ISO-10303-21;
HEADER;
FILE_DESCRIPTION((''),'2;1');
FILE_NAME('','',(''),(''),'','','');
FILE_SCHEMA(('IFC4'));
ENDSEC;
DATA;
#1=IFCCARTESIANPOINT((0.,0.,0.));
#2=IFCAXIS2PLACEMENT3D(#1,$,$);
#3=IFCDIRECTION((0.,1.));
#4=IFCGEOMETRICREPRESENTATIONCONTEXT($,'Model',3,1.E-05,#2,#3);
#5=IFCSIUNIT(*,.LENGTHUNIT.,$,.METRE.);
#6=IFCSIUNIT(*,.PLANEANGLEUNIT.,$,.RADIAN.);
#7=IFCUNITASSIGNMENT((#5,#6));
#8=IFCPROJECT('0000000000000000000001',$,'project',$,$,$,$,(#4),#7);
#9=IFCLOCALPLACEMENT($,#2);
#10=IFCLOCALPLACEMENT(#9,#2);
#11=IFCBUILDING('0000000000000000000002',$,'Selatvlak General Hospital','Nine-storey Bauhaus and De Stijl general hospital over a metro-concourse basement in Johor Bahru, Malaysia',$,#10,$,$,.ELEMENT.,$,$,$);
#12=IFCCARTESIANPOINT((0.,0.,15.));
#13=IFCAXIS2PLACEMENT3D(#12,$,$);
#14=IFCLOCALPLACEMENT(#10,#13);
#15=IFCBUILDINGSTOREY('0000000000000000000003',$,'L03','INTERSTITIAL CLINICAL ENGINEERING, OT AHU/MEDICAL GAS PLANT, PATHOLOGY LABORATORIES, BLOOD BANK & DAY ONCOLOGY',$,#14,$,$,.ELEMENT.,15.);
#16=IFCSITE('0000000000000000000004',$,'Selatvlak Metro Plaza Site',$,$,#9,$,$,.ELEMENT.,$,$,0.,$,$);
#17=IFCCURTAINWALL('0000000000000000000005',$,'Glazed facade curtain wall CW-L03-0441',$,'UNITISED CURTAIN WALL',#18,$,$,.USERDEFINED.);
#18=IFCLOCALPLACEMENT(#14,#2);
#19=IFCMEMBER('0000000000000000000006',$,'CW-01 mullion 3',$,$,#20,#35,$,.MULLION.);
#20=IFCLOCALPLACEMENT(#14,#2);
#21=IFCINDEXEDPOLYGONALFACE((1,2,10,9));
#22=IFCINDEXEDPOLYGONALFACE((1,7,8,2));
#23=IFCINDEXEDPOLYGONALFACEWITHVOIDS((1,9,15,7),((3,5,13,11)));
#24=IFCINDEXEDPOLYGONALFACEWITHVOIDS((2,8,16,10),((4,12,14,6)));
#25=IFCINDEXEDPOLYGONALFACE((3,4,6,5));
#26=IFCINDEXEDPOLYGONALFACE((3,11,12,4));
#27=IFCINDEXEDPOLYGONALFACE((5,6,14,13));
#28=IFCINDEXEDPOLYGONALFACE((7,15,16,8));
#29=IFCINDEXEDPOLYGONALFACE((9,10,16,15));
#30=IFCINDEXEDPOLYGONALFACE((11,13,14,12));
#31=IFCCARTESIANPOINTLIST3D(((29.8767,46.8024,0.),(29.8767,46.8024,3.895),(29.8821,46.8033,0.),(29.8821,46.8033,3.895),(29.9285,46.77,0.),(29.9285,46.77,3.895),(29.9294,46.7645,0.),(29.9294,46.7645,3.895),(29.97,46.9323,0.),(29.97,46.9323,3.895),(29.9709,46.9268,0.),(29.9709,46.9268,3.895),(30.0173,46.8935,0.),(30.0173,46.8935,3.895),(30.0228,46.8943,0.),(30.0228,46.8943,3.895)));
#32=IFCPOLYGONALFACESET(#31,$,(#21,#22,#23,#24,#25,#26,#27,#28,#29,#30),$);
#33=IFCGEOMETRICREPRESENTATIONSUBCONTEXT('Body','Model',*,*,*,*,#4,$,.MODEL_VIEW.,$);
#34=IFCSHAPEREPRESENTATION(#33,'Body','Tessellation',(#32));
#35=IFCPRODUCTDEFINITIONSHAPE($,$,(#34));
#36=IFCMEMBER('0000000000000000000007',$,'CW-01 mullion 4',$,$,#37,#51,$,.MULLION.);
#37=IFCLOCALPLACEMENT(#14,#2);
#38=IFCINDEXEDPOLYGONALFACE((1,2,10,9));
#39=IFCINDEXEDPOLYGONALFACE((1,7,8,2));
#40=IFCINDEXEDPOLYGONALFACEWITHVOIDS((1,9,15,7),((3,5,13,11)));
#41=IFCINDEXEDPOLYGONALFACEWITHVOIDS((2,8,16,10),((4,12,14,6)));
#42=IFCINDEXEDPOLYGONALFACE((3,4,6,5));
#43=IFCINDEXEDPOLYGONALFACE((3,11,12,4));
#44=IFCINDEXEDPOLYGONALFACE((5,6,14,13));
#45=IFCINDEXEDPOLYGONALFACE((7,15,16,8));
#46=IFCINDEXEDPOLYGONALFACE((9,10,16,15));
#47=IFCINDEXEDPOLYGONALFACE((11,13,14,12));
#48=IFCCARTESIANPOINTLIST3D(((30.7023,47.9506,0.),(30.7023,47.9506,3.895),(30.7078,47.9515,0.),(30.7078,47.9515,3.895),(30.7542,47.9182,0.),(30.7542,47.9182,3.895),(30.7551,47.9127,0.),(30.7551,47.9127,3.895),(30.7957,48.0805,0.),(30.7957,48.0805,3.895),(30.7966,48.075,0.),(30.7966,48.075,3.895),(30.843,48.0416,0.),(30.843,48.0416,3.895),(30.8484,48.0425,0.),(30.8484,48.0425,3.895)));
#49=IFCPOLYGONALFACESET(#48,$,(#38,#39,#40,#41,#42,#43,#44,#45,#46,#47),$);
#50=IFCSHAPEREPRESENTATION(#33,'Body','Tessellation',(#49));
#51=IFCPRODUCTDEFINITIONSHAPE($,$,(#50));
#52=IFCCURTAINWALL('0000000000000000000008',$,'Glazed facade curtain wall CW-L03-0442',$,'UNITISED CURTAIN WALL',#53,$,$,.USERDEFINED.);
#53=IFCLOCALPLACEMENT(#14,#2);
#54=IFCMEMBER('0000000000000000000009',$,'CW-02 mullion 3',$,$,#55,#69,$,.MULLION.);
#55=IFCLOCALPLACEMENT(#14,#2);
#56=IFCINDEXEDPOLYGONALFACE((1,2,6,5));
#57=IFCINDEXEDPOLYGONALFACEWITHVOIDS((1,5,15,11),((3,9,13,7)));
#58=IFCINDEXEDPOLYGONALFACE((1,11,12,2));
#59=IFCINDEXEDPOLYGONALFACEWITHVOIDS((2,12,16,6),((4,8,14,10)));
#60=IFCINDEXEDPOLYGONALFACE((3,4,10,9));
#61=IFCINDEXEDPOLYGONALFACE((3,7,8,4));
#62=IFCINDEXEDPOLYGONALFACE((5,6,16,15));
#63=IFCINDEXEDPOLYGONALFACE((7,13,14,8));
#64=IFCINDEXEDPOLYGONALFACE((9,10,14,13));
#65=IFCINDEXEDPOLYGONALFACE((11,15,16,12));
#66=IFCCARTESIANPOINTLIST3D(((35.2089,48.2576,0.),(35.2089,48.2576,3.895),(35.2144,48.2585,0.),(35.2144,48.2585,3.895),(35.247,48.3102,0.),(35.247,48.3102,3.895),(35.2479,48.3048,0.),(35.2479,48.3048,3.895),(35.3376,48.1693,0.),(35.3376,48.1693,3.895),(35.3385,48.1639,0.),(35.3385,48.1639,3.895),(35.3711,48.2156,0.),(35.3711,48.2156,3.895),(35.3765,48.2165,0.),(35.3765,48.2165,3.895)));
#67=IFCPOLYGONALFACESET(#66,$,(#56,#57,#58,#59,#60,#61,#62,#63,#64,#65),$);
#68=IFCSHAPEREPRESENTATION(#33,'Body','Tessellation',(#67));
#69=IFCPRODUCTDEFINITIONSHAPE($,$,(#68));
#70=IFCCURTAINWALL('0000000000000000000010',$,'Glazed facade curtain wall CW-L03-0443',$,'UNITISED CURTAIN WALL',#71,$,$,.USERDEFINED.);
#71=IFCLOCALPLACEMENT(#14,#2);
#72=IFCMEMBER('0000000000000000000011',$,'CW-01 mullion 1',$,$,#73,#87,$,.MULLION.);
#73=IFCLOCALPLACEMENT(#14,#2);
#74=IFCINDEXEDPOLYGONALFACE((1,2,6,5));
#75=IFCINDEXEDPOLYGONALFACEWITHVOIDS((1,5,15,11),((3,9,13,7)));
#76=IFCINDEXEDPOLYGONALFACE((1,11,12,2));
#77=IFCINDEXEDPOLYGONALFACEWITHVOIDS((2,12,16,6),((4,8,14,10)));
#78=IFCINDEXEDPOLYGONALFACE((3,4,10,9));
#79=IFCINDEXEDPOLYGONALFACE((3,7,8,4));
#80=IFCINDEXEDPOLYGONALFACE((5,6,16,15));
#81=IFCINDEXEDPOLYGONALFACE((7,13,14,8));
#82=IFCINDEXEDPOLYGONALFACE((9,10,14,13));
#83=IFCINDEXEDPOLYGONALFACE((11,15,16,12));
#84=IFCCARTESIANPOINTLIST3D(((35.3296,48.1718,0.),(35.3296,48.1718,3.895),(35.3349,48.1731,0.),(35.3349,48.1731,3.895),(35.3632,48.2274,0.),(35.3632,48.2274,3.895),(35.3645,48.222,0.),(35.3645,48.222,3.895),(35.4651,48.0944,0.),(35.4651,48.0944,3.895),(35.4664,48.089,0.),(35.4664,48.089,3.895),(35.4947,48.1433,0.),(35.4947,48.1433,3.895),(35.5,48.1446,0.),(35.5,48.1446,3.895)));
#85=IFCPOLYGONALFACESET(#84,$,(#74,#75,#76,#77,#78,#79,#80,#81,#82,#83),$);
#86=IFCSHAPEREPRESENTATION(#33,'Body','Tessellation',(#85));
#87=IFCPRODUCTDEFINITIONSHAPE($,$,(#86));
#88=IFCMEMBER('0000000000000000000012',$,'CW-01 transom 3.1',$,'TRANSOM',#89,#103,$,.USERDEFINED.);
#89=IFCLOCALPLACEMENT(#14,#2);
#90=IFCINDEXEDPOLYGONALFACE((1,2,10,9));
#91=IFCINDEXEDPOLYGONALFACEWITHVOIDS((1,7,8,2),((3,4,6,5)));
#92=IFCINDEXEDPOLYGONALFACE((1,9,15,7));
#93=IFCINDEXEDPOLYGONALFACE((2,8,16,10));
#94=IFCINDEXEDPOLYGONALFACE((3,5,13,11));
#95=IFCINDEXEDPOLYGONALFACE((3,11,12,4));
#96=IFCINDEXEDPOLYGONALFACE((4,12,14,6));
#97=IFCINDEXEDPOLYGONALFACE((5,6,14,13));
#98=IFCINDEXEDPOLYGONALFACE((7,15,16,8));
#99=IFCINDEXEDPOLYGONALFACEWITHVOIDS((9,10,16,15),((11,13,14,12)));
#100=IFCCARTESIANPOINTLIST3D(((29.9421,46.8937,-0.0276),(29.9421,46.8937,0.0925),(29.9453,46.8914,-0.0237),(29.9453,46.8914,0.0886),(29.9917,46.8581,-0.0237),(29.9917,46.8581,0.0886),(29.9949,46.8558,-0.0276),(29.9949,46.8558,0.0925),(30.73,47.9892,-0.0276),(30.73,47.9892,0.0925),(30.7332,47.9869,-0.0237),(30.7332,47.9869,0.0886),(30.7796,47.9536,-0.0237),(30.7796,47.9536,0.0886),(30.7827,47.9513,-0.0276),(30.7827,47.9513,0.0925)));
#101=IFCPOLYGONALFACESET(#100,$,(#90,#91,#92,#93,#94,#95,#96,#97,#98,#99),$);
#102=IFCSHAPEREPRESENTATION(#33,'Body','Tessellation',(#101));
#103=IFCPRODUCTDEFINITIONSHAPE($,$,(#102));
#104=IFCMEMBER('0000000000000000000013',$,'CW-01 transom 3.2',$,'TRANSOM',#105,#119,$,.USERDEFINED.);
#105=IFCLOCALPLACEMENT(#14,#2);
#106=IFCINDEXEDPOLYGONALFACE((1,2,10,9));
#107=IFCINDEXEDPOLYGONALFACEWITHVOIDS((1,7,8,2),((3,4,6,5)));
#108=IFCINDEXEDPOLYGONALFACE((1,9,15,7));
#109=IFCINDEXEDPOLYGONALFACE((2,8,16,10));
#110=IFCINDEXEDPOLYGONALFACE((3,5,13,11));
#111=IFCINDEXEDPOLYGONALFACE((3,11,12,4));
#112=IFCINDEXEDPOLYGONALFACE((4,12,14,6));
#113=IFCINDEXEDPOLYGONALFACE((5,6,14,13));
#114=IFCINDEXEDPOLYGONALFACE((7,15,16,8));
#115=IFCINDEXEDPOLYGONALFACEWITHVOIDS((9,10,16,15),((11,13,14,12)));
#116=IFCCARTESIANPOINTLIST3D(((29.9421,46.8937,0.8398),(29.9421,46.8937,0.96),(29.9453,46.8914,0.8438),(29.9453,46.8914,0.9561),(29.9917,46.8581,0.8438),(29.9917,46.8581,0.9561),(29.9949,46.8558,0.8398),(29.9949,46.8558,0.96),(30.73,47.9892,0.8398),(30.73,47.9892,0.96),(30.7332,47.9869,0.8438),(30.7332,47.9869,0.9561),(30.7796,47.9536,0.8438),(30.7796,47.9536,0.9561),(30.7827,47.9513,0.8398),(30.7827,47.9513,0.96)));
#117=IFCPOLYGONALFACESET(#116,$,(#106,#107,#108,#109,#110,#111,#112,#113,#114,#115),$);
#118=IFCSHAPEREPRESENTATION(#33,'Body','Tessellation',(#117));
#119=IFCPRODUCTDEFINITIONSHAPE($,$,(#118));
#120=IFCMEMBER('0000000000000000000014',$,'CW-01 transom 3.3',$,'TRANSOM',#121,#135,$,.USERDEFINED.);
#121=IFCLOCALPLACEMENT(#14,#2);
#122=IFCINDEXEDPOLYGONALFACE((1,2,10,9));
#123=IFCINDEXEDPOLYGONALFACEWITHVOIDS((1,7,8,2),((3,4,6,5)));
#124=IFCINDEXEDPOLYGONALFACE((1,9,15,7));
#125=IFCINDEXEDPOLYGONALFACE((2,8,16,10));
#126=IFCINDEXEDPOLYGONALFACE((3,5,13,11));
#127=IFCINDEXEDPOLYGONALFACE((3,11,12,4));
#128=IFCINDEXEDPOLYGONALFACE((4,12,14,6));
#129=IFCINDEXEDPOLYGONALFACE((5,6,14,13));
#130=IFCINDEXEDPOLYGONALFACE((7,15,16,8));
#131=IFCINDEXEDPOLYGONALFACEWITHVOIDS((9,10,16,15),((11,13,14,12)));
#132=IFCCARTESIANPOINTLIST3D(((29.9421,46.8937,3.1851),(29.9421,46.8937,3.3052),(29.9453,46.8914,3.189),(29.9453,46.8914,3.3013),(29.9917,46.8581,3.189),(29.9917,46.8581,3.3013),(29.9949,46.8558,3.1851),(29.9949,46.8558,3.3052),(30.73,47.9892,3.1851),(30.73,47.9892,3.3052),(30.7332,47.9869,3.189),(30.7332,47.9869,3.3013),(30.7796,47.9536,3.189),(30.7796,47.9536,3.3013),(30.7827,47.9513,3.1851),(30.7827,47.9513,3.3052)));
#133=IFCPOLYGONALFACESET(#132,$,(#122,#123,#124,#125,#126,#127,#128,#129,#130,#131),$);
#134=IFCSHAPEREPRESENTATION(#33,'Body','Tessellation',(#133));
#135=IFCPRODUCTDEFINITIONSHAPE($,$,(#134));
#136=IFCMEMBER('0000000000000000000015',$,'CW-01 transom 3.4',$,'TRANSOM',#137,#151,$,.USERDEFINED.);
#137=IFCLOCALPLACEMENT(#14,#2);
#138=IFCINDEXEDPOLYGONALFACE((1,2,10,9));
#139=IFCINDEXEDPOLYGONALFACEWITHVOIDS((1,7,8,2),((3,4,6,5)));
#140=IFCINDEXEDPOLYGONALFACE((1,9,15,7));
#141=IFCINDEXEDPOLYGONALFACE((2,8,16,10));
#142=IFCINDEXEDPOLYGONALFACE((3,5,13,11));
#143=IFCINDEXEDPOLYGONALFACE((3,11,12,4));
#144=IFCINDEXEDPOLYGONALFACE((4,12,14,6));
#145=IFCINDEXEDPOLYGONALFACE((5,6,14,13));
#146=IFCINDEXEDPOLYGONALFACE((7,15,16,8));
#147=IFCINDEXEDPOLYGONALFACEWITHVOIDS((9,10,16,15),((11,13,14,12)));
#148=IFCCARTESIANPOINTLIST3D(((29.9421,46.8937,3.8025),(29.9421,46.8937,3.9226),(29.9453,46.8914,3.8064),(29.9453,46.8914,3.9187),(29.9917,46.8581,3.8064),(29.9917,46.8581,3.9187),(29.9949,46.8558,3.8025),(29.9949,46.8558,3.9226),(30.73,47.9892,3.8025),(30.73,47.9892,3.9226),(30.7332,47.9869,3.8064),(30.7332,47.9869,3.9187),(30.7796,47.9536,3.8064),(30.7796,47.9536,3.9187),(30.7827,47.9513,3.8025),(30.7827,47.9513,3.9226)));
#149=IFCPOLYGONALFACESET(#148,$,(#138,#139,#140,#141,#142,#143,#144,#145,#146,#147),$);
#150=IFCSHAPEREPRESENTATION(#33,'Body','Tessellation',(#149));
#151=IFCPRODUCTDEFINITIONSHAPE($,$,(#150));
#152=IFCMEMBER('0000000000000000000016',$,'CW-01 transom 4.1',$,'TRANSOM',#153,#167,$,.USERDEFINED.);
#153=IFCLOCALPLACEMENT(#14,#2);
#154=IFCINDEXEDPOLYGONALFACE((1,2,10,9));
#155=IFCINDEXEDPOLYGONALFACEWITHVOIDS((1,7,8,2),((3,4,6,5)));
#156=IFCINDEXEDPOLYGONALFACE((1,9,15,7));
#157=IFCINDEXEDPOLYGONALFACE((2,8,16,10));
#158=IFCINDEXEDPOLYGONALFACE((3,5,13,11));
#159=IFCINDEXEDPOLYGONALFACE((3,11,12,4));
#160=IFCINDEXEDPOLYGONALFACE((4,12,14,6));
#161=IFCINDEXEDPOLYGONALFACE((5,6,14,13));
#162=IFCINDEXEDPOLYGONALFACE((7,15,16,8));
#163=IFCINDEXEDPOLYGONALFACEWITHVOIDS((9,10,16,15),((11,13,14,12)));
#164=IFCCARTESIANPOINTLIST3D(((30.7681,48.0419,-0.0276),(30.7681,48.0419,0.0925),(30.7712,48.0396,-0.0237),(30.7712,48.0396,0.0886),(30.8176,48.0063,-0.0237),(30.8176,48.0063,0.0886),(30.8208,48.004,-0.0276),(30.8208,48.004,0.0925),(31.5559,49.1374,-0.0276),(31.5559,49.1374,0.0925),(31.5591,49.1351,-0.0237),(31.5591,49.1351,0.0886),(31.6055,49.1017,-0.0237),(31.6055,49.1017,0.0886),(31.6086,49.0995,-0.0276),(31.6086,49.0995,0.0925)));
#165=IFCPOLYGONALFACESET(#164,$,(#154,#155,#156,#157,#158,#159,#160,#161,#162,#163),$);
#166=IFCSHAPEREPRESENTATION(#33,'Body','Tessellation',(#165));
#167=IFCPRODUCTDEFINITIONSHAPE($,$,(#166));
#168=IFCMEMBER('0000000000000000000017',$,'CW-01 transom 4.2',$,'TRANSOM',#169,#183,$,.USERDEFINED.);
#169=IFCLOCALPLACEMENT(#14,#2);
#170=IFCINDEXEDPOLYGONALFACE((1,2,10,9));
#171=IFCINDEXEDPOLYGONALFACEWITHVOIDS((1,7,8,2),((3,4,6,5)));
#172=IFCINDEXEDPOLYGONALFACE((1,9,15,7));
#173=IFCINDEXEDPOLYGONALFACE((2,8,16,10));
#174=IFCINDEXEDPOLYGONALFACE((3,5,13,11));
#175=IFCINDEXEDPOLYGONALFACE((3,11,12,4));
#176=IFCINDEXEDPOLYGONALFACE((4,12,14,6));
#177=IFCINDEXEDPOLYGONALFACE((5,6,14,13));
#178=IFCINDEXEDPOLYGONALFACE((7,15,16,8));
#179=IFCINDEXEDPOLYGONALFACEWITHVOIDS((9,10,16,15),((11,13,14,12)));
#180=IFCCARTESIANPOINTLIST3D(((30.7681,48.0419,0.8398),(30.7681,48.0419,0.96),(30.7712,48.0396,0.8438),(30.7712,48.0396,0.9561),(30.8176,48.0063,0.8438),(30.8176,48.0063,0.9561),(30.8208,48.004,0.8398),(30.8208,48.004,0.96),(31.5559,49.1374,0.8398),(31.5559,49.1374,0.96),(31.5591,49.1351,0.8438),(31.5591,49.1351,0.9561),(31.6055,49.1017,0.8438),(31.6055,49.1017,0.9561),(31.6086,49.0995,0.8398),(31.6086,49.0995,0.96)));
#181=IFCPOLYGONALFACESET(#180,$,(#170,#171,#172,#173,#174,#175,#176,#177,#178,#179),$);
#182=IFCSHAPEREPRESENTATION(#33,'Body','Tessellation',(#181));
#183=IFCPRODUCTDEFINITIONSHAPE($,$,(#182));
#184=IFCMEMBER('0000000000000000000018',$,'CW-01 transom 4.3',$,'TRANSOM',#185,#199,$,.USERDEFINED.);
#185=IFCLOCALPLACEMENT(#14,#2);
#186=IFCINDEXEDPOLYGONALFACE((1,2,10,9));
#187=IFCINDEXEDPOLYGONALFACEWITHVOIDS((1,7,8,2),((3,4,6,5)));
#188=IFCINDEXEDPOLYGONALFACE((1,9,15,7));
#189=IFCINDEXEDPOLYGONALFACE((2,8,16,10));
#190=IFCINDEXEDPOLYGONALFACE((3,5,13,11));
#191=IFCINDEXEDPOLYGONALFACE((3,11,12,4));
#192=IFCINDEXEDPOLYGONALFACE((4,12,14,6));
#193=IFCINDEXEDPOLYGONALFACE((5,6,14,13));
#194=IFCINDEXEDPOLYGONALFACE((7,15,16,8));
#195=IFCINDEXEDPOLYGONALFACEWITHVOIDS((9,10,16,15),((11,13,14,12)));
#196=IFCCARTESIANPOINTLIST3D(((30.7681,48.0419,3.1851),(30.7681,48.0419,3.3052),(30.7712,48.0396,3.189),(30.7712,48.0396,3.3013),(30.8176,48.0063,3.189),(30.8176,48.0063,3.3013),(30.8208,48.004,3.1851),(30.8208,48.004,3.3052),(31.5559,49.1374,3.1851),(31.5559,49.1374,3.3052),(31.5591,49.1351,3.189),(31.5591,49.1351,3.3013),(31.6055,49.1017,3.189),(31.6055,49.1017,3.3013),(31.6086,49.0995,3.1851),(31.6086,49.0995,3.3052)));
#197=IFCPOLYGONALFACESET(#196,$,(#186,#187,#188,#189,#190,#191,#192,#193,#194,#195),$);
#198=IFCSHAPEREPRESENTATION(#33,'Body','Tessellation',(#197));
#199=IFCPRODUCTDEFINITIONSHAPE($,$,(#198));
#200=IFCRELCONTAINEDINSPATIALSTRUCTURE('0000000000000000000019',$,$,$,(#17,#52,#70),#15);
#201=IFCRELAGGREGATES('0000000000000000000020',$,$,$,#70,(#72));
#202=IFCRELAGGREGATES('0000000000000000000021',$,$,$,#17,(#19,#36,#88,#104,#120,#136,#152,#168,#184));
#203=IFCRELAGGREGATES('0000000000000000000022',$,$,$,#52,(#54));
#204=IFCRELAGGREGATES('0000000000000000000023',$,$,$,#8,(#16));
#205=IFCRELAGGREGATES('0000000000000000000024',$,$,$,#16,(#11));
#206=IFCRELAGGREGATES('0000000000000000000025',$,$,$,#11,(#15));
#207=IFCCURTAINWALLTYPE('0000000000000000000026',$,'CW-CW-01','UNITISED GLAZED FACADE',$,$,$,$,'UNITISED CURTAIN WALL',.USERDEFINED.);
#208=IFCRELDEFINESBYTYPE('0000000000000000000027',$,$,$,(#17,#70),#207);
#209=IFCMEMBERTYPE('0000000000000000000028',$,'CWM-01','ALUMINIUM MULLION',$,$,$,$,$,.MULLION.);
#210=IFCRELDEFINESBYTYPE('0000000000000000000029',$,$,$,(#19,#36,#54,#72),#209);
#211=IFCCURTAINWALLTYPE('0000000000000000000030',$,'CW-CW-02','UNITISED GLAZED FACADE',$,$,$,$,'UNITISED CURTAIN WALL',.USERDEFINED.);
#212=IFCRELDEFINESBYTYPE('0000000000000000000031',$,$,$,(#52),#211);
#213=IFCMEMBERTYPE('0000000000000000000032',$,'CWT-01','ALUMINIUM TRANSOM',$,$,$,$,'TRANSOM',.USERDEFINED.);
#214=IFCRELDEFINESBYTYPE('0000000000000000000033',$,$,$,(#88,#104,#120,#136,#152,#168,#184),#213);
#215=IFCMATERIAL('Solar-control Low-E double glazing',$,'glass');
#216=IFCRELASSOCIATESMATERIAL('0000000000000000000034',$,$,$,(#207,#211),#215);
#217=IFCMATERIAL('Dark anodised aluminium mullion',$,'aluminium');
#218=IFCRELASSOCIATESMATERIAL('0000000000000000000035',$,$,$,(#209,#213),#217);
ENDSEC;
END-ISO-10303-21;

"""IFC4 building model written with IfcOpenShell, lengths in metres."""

from ifc_helpers import new_model, si_unit, direction, frame, origin, origin_2d, place, context, subcontext, project, spatial, hollow_rectangle, extrude, material, material_profile, profile_set, type_object, element, aggregate, save


model = new_model("IFC4")

# Units and contexts
model_context = context("Model", 3, precision=1e-05, world=origin(), true_north=direction((0.0, 1.0)))
body_context = subcontext(model_context, "Body", "Model", "MODEL_VIEW")
ifc_project = project(units=[si_unit("LENGTHUNIT", "METRE"), si_unit("PLANEANGLEUNIT", "RADIAN")], contexts=[model_context])

# Site, building, storey
site_placement = place(None, origin())
site = spatial("IfcSite", under=ifc_project, at=site_placement, Name="Selatvlak Metro Plaza Site", CompositionType="ELEMENT", RefElevation=0.0)
building_placement = place(site_placement, origin())
building = spatial("IfcBuilding", under=site, at=building_placement, Name="Selatvlak General Hospital", Description="Nine-storey Bauhaus and De Stijl general hospital over a metro-concourse basement in Johor Bahru, Malaysia", CompositionType="ELEMENT")
storey_placement = place(building_placement, frame((0.0, 0.0, 15.0)))
storey = spatial("IfcBuildingStorey", under=building, at=storey_placement, Name="L03", Description="INTERSTITIAL CLINICAL ENGINEERING, OT AHU/MEDICAL GAS PLANT, PATHOLOGY LABORATORIES, BLOOD BANK & DAY ONCOLOGY", CompositionType="ELEMENT", Elevation=15.0)

# Curtain wall, members
ifc_material_1 = material(Name="Solar-control Low-E double glazing", Category="glass")
curtain_wall_type_1 = type_object("IfcCurtainWallType", Name="CW-CW-01", Description="UNITISED GLAZED FACADE", ElementType="UNITISED CURTAIN WALL", PredefinedType="USERDEFINED", material=ifc_material_1)
curtain_wall_1_placement = place(storey_placement, origin())
curtain_wall_1 = element("IfcCurtainWall", 1, at=curtain_wall_1_placement, inside=storey, type_object=curtain_wall_type_1, Name="Glazed facade curtain wall CW-L03-0441", ObjectType="UNITISED CURTAIN WALL", PredefinedType="USERDEFINED")
ifc_material_2 = material(Name="Dark anodised aluminium mullion", Category="aluminium")
ifc_material_profile_1 = material_profile(ifc_material_2, hollow_rectangle(XDim=0.0649, YDim=0.1599, WallThickness=0.0039, at=origin_2d()), Name="AL-MUL 65x160x4")
ifc_profile_set_1 = profile_set([ifc_material_profile_1], Name="Dark anodised aluminium mullion")
member_type_1 = type_object("IfcMemberType", Name="CWM-01", Description="ALUMINIUM MULLION", PredefinedType="MULLION", material=ifc_profile_set_1)
member_1_placement = place(storey_placement, frame((29.9497, 46.8484, 0.0), z_axis=(0.0, 0.0, 1.0), x_axis=(-0.811837, 0.583884, 0.0)))
member_1 = element("IfcMember", 2, at=member_1_placement, type_object=member_type_1, Name="CW-01 mullion 3", PredefinedType="MULLION", context=body_context, shape_type="SweptSolid", body=[
    extrude(hollow_rectangle(XDim=0.0649, YDim=0.1599, WallThickness=0.0039, at=origin_2d()), origin(), (0.0, 0.0, 1.0), 3.895),
])
member_2_placement = place(storey_placement, frame((30.7754, 47.9966, 0.0), z_axis=(0.0, 0.0, 1.0), x_axis=(-0.811837, 0.583884, 0.0)))
member_2 = element("IfcMember", 3, at=member_2_placement, type_object=member_type_1, Name="CW-01 mullion 4", PredefinedType="MULLION", context=body_context, shape_type="SweptSolid", body=[
    extrude(hollow_rectangle(XDim=0.0649, YDim=0.1599, WallThickness=0.0039, at=origin_2d()), origin(), (0.0, 0.0, 1.0), 3.895),
])

# Curtain walls, members
curtain_wall_type_2 = type_object("IfcCurtainWallType", Name="CW-CW-02", Description="UNITISED GLAZED FACADE", ElementType="UNITISED CURTAIN WALL", PredefinedType="USERDEFINED", material=ifc_material_1)
curtain_wall_2_placement = place(storey_placement, origin())
curtain_wall_2 = element("IfcCurtainWall", 4, at=curtain_wall_2_placement, inside=storey, type_object=curtain_wall_type_2, Name="Glazed facade curtain wall CW-L03-0442", ObjectType="UNITISED CURTAIN WALL", PredefinedType="USERDEFINED")
member_3_placement = place(storey_placement, frame((35.2927, 48.2371, 0.0), z_axis=(0.0, 0.0, 1.0), x_axis=(0.586316, 0.810083, 0.0)))
member_3 = element("IfcMember", 5, at=member_3_placement, type_object=member_type_1, Name="CW-02 mullion 3", PredefinedType="MULLION", context=body_context, shape_type="SweptSolid", body=[
    extrude(hollow_rectangle(XDim=0.0649, YDim=0.1599, WallThickness=0.0039, at=origin_2d()), origin(), (0.0, 0.0, 1.0), 3.895),
])
curtain_wall_3_placement = place(storey_placement, origin())
curtain_wall_3 = element("IfcCurtainWall", 6, at=curtain_wall_3_placement, inside=storey, type_object=curtain_wall_type_1, Name="Glazed facade curtain wall CW-L03-0443", ObjectType="UNITISED CURTAIN WALL", PredefinedType="USERDEFINED")
member_4_placement = place(storey_placement, frame((35.4148, 48.1582, 0.0), z_axis=(0.0, 0.0, 1.0), x_axis=(0.517384, 0.855753, 0.0)))
member_4 = element("IfcMember", 7, at=member_4_placement, type_object=member_type_1, Name="CW-01 mullion 1", PredefinedType="MULLION", context=body_context, shape_type="SweptSolid", body=[
    extrude(hollow_rectangle(XDim=0.0649, YDim=0.1599, WallThickness=0.0039, at=origin_2d()), origin(), (0.0, 0.0, 1.0), 3.895),
])

# Members
ifc_material_profile_2 = material_profile(ifc_material_2, hollow_rectangle(XDim=0.0649, YDim=0.1201, WallThickness=0.0039, at=origin_2d()), Name="AL-TRN 65x120x4")
ifc_profile_set_2 = profile_set([ifc_material_profile_2], Name="Dark anodised aluminium mullion")
member_type_2 = type_object("IfcMemberType", Name="CWT-01", Description="ALUMINIUM TRANSOM", ElementType="TRANSOM", PredefinedType="USERDEFINED", material=ifc_profile_set_2)
member_5_placement = place(storey_placement, frame((29.9685, 46.8748, 0.0325), z_axis=(0.583871, 0.811847, 0.0), x_axis=(-0.811847, 0.583871, 0.0)))
member_5 = element("IfcMember", 8, at=member_5_placement, type_object=member_type_2, Name="CW-01 transom 3.1", ObjectType="TRANSOM", PredefinedType="USERDEFINED", context=body_context, shape_type="SweptSolid", body=[
    extrude(hollow_rectangle(XDim=0.0649, YDim=0.1201, WallThickness=0.0039, at=origin_2d()), origin(), (0.0, 0.0, 1.0), 1.3494),
])
member_6_placement = place(storey_placement, frame((29.9685, 46.8748, 0.8999), z_axis=(0.583871, 0.811847, 0.0), x_axis=(-0.811847, 0.583871, 0.0)))
member_6 = element("IfcMember", 9, at=member_6_placement, type_object=member_type_2, Name="CW-01 transom 3.2", ObjectType="TRANSOM", PredefinedType="USERDEFINED", context=body_context, shape_type="SweptSolid", body=[
    extrude(hollow_rectangle(XDim=0.0649, YDim=0.1201, WallThickness=0.0039, at=origin_2d()), origin(), (0.0, 0.0, 1.0), 1.3494),
])
member_7_placement = place(storey_placement, frame((29.9685, 46.8748, 3.2451), z_axis=(0.583871, 0.811847, 0.0), x_axis=(-0.811847, 0.583871, 0.0)))
member_7 = element("IfcMember", 10, at=member_7_placement, type_object=member_type_2, Name="CW-01 transom 3.3", ObjectType="TRANSOM", PredefinedType="USERDEFINED", context=body_context, shape_type="SweptSolid", body=[
    extrude(hollow_rectangle(XDim=0.0649, YDim=0.1201, WallThickness=0.0039, at=origin_2d()), origin(), (0.0, 0.0, 1.0), 1.3494),
])
member_8_placement = place(storey_placement, frame((29.9685, 46.8748, 3.8625), z_axis=(0.583871, 0.811847, 0.0), x_axis=(-0.811847, 0.583871, 0.0)))
member_8 = element("IfcMember", 11, at=member_8_placement, type_object=member_type_2, Name="CW-01 transom 3.4", ObjectType="TRANSOM", PredefinedType="USERDEFINED", context=body_context, shape_type="SweptSolid", body=[
    extrude(hollow_rectangle(XDim=0.0649, YDim=0.1201, WallThickness=0.0039, at=origin_2d()), origin(), (0.0, 0.0, 1.0), 1.3494),
])
member_9_placement = place(storey_placement, frame((30.7944, 48.0229, 0.0325), z_axis=(0.583871, 0.811847, 0.0), x_axis=(-0.811847, 0.583871, 0.0)))
member_9 = element("IfcMember", 12, at=member_9_placement, type_object=member_type_2, Name="CW-01 transom 4.1", ObjectType="TRANSOM", PredefinedType="USERDEFINED", context=body_context, shape_type="SweptSolid", body=[
    extrude(hollow_rectangle(XDim=0.0649, YDim=0.1201, WallThickness=0.0039, at=origin_2d()), origin(), (0.0, 0.0, 1.0), 1.3494),
])
member_10_placement = place(storey_placement, frame((30.7944, 48.0229, 0.8999), z_axis=(0.583871, 0.811847, 0.0), x_axis=(-0.811847, 0.583871, 0.0)))
member_10 = element("IfcMember", 13, at=member_10_placement, type_object=member_type_2, Name="CW-01 transom 4.2", ObjectType="TRANSOM", PredefinedType="USERDEFINED", context=body_context, shape_type="SweptSolid", body=[
    extrude(hollow_rectangle(XDim=0.0649, YDim=0.1201, WallThickness=0.0039, at=origin_2d()), origin(), (0.0, 0.0, 1.0), 1.3494),
])
member_11_placement = place(storey_placement, frame((30.7944, 48.0229, 3.2451), z_axis=(0.583871, 0.811847, 0.0), x_axis=(-0.811847, 0.583871, 0.0)))
member_11 = element("IfcMember", 14, at=member_11_placement, type_object=member_type_2, Name="CW-01 transom 4.3", ObjectType="TRANSOM", PredefinedType="USERDEFINED", context=body_context, shape_type="SweptSolid", body=[
    extrude(hollow_rectangle(XDim=0.0649, YDim=0.1201, WallThickness=0.0039, at=origin_2d()), origin(), (0.0, 0.0, 1.0), 1.3494),
])
aggregate(curtain_wall_3, [member_4])

aggregate(curtain_wall_1, [member_1, member_2, member_5, member_6, member_7, member_8, member_9, member_10, member_11])
aggregate(curtain_wall_2, [member_3])

save(model, "model.ifc")
